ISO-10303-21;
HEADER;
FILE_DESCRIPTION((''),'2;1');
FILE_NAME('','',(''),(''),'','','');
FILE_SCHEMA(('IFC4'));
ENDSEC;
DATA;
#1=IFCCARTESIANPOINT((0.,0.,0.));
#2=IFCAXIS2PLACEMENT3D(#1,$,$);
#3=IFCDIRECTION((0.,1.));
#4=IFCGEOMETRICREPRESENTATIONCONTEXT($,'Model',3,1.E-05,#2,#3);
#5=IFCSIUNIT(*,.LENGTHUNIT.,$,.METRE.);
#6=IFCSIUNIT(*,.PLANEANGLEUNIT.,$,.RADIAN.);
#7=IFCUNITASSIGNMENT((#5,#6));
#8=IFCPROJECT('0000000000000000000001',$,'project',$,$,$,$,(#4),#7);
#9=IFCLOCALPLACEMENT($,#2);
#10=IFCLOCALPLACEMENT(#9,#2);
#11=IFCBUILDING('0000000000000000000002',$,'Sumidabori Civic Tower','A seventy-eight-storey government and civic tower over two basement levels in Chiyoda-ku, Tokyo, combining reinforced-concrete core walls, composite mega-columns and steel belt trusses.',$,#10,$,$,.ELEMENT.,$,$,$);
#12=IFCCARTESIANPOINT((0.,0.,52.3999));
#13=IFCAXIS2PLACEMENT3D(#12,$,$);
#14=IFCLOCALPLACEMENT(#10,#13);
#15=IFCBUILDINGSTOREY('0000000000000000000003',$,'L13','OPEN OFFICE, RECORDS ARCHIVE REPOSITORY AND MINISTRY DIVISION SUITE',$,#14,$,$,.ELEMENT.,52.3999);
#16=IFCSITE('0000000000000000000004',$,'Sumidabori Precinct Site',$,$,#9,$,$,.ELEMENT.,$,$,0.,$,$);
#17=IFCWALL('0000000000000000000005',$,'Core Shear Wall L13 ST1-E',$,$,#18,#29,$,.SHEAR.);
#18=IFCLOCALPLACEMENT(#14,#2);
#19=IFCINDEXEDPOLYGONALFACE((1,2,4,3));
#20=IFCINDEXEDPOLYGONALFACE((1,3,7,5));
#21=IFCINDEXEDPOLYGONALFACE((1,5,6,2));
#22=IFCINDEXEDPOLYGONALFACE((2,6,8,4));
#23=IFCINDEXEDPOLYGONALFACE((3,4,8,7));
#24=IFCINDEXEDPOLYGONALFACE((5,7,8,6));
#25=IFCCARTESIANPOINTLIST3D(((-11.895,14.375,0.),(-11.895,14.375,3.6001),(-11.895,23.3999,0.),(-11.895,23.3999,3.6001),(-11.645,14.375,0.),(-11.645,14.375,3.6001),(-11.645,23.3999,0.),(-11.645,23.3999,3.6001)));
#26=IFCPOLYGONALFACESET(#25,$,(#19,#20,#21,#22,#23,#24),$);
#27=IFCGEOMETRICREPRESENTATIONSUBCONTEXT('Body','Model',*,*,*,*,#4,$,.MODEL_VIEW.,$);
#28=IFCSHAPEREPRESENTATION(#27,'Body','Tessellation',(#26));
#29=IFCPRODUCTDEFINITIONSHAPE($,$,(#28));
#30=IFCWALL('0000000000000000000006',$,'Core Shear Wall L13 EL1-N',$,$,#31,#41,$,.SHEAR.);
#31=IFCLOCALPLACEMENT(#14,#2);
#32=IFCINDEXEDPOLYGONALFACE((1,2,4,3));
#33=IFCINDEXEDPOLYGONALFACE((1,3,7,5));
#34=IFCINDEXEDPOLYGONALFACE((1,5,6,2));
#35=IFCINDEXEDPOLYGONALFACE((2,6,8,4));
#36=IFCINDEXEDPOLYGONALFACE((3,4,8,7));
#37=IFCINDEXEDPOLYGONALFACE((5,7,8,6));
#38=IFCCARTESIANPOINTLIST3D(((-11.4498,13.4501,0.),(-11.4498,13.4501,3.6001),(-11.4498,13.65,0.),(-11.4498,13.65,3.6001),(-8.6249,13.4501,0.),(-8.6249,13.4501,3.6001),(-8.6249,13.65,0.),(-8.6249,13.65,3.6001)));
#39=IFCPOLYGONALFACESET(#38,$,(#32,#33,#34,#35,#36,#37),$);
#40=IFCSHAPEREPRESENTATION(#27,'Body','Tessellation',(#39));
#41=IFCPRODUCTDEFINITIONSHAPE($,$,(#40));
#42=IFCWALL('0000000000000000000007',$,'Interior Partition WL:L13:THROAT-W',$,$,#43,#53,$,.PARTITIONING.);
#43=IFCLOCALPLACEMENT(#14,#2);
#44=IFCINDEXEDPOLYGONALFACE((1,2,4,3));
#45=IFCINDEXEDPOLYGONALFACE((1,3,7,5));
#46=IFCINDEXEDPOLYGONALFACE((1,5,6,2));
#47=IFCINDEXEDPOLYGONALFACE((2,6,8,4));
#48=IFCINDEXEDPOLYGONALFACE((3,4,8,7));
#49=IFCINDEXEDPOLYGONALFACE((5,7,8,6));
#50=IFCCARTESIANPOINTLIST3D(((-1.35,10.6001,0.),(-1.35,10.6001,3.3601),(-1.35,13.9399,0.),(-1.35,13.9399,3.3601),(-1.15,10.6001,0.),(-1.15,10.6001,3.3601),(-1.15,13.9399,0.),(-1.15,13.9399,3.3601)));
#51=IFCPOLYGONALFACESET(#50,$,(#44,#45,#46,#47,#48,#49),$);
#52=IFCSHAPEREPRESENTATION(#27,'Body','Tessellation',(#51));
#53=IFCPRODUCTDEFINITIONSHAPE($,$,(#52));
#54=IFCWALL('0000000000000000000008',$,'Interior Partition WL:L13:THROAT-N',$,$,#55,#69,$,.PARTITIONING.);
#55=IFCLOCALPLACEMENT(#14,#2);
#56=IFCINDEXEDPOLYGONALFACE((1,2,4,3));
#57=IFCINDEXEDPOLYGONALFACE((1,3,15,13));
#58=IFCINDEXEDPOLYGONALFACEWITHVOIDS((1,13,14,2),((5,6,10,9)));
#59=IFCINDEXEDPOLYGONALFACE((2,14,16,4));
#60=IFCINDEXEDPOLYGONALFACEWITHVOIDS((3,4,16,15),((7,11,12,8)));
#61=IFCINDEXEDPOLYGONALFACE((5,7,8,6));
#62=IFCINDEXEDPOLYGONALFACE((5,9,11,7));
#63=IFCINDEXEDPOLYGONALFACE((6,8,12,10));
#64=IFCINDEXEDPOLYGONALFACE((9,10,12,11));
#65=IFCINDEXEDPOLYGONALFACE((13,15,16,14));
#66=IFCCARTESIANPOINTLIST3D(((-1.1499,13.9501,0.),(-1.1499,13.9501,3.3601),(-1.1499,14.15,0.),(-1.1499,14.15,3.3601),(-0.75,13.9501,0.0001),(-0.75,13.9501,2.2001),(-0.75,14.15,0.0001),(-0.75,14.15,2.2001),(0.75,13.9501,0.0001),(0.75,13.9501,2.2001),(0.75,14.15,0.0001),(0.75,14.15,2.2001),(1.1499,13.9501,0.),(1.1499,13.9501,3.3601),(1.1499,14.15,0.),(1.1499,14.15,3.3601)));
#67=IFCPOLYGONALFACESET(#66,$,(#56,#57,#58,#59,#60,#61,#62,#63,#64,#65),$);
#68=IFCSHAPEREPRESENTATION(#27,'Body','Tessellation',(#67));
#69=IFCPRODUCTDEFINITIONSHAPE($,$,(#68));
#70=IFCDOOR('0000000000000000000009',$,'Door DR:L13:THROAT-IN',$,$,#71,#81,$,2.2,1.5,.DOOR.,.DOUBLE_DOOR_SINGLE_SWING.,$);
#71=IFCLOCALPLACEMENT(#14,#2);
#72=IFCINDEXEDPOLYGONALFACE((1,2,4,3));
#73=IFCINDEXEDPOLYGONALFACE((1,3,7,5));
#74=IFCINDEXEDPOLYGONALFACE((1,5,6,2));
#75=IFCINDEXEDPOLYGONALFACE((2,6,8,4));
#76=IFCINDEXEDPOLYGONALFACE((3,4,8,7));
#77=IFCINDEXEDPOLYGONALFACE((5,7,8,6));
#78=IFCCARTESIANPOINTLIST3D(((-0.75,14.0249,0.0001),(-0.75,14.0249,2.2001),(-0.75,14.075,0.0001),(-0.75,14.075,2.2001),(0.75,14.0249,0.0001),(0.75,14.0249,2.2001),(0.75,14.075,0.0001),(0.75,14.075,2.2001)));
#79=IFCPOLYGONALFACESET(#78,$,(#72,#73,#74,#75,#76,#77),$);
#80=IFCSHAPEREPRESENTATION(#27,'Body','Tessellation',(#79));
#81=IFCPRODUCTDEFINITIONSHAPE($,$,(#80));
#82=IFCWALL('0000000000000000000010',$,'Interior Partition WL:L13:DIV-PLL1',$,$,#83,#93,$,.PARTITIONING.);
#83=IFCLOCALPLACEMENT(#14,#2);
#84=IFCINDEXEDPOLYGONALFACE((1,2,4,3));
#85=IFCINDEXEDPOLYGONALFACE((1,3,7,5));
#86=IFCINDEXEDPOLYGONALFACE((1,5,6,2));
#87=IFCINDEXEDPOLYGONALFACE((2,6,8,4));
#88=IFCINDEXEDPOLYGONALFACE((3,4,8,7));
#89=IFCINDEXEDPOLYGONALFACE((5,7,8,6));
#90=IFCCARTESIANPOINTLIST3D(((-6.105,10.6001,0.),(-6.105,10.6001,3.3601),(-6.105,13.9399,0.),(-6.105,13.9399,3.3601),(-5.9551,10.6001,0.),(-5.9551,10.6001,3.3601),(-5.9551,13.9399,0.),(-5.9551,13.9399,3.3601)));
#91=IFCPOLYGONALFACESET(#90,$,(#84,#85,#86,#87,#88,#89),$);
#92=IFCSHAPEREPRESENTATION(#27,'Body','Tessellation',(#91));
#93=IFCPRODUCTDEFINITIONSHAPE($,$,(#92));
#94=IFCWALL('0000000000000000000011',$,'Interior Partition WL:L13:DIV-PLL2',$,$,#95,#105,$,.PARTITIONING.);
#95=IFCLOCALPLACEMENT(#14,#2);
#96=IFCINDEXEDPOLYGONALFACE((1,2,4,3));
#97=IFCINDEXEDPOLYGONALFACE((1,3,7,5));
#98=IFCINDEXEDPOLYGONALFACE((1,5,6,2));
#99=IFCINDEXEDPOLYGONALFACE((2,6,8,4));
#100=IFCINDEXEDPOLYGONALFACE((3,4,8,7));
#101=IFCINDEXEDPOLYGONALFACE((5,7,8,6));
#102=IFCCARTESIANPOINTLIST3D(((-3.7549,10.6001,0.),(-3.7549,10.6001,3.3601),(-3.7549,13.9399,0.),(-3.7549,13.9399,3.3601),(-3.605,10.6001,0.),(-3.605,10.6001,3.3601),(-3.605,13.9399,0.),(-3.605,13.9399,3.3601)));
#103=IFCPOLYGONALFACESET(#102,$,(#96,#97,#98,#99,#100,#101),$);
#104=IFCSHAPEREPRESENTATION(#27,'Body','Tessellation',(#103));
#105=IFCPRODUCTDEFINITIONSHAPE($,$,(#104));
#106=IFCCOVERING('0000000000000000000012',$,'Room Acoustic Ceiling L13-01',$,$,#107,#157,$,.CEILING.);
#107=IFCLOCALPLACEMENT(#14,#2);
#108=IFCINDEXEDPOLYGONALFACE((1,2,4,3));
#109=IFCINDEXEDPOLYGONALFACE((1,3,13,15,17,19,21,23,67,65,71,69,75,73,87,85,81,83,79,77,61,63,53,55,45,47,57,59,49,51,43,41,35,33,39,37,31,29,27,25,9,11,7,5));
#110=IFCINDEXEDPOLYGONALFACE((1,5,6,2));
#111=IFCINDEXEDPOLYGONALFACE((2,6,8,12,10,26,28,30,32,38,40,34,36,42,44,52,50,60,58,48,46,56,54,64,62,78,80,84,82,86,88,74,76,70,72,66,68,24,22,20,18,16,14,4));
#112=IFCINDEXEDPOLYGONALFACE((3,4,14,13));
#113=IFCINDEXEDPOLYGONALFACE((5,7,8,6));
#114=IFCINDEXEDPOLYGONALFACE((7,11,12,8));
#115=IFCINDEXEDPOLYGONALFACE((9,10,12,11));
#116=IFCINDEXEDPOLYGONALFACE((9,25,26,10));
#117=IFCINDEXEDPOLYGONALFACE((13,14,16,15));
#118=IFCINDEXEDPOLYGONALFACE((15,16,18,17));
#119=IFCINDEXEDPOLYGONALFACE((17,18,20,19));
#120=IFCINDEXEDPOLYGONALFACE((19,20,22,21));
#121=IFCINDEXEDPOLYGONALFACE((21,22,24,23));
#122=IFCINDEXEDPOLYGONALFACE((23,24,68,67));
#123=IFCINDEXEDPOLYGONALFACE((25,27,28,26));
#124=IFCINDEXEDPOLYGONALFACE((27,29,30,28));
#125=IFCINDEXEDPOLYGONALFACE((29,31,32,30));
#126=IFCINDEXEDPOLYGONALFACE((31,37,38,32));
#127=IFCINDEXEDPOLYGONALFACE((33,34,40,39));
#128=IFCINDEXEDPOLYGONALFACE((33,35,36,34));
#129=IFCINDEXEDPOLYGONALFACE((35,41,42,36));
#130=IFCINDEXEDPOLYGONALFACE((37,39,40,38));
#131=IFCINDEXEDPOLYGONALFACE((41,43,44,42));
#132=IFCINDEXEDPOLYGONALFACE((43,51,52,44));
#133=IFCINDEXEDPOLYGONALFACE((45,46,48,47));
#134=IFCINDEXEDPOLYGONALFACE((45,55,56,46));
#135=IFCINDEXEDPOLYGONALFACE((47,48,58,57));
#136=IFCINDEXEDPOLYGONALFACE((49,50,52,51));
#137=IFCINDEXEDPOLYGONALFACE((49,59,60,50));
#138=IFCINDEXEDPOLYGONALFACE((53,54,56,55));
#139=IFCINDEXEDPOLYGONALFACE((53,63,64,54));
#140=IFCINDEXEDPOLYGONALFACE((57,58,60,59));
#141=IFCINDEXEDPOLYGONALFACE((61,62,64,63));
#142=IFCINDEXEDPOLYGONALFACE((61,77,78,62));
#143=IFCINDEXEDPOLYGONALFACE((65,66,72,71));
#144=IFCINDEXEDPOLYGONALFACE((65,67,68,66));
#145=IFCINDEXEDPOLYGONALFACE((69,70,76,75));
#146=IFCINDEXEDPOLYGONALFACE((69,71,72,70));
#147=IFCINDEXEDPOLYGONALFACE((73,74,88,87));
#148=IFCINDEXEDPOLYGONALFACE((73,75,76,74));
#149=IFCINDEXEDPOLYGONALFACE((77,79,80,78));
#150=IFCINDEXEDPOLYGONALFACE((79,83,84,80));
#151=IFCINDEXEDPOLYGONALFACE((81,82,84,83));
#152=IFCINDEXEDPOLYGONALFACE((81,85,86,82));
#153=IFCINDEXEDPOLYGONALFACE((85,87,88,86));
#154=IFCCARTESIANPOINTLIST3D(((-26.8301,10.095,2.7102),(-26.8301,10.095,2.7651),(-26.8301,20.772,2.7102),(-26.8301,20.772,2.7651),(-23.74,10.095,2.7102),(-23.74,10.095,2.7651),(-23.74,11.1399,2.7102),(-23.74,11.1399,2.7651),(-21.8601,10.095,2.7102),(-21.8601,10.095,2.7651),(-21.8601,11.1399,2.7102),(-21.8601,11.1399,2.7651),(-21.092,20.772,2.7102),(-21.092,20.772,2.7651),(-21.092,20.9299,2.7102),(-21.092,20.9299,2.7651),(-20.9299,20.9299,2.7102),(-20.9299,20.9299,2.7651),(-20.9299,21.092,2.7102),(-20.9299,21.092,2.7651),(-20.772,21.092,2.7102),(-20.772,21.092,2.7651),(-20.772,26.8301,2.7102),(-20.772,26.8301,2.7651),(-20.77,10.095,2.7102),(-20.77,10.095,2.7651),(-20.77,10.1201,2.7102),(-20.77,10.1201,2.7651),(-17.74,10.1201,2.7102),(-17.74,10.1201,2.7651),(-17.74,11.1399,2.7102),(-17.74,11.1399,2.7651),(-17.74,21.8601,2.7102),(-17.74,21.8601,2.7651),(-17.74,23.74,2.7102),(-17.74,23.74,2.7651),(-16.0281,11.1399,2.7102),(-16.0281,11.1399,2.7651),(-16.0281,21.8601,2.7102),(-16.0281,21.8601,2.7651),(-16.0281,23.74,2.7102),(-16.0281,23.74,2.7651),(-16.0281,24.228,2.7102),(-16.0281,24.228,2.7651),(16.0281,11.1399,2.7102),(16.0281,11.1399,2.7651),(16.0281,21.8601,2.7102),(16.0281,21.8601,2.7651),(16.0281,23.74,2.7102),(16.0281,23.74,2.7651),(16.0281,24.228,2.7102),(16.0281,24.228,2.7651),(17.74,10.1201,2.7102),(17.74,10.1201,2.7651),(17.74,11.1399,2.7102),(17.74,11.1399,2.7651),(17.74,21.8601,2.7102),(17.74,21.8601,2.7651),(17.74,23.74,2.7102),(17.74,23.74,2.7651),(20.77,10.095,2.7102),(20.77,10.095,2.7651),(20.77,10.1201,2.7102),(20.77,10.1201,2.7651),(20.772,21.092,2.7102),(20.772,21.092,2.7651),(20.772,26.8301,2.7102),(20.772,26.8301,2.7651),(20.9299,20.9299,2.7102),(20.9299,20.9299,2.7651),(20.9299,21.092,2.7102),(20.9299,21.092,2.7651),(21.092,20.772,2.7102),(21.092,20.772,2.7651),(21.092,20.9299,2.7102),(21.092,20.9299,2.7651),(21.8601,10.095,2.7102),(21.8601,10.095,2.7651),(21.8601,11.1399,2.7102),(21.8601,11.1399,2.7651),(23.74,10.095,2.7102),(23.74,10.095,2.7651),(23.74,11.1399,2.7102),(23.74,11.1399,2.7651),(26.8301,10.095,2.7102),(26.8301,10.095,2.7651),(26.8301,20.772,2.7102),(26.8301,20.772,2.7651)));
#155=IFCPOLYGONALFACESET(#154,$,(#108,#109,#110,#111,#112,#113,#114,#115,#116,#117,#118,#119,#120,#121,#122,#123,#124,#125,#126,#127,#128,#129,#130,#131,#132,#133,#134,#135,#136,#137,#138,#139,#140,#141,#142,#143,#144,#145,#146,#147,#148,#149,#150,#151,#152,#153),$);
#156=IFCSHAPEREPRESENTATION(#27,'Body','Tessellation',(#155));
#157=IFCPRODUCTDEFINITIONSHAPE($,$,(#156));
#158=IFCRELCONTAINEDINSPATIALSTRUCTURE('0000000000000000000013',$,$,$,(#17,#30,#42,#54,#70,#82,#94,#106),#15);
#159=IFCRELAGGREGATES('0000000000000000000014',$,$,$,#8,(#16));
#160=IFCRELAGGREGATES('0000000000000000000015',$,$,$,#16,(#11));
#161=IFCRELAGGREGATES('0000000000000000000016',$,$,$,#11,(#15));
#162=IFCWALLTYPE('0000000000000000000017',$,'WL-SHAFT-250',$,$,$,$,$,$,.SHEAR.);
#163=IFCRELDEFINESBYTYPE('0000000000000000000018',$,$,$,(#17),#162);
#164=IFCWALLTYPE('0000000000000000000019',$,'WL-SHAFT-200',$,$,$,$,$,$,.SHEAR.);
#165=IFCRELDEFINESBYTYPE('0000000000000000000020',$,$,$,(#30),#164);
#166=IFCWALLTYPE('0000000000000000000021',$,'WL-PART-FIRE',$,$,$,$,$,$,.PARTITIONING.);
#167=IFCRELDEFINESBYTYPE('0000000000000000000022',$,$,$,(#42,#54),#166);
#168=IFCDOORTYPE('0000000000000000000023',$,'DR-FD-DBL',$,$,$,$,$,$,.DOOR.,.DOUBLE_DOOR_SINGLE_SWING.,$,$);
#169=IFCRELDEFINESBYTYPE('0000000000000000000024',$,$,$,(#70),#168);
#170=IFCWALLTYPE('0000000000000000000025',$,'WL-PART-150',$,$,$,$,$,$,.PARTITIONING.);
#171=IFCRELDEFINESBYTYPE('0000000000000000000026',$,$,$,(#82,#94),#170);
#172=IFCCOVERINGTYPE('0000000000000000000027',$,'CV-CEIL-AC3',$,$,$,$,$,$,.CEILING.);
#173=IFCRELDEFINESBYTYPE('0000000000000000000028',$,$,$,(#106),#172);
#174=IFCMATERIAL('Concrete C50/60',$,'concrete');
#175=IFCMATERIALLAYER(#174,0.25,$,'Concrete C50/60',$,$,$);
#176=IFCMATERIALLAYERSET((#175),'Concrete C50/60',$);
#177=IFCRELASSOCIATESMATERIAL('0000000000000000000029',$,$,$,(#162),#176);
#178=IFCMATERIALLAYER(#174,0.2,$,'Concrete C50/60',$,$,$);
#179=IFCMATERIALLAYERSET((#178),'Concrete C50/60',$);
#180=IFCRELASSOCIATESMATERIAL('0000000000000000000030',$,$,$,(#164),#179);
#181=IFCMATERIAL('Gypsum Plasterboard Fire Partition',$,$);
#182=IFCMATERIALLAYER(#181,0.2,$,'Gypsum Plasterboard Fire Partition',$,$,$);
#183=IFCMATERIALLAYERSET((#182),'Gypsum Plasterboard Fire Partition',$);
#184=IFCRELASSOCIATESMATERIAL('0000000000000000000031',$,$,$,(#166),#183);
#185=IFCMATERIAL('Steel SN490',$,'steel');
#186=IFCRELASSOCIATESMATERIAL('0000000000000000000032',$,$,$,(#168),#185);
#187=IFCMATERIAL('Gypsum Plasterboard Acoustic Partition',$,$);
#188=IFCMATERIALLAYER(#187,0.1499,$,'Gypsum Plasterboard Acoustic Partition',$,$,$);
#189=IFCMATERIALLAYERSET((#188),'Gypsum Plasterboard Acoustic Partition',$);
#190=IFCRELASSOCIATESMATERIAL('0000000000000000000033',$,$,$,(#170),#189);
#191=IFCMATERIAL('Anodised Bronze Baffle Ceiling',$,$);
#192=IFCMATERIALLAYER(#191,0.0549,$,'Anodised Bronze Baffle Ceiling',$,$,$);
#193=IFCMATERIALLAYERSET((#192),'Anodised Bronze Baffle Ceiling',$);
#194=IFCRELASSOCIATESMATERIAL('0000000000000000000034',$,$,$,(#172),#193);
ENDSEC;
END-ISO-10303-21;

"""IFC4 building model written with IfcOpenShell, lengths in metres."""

from ifc_helpers import new_model, si_unit, direction, frame, frame_2d, origin, place, context, subcontext, project, spatial, polyline, rectangle, outline, extrude, source, transform, mapped, material, layer, layer_set, type_object, element, fill, save


model = new_model("IFC4")

# Units and contexts
model_context = context("Model", 3, precision=1e-05, world=origin(), true_north=direction((0.0, 1.0)))
body_context = subcontext(model_context, "Body", "Model", "MODEL_VIEW")
ifc_project = project(units=[si_unit("LENGTHUNIT", "METRE"), si_unit("PLANEANGLEUNIT", "RADIAN")], contexts=[model_context])

# Site, building, storey
site_placement = place(None, origin())
site = spatial("IfcSite", under=ifc_project, at=site_placement, Name="Sumidabori Precinct Site", CompositionType="ELEMENT", RefElevation=0.0)
building_placement = place(site_placement, origin())
building = spatial("IfcBuilding", under=site, at=building_placement, Name="Sumidabori Civic Tower", Description="A seventy-eight-storey government and civic tower over two basement levels in Chiyoda-ku, Tokyo, combining reinforced-concrete core walls, composite mega-columns and steel belt trusses.", CompositionType="ELEMENT")
storey_placement = place(building_placement, frame((0.0, 0.0, 52.3999)))
storey = spatial("IfcBuildingStorey", under=building, at=storey_placement, Name="L13", Description="OPEN OFFICE, RECORDS ARCHIVE REPOSITORY AND MINISTRY DIVISION SUITE", CompositionType="ELEMENT", Elevation=52.3999)

# Shared definitions
ifc_material_1 = material(Name="Concrete C50/60", Category="concrete")

# Shared definitions
ifc_layer_1 = layer(ifc_material_1, 0.25, Name="Concrete C50/60")
ifc_layer_set_1 = layer_set([ifc_layer_1], Name="Concrete C50/60")
wall_type_1 = type_object("IfcWallType", Name="WL-SHAFT-250", PredefinedType="SHEAR", material=ifc_layer_set_1)
ifc_material_2 = material(Name="Steel SN490", Category="steel")

# Wall
shared_shape_1 = source(origin(), body_context, "Body", "SweptSolid", [
    extrude(rectangle(XDim=9.0249, YDim=0.25, at=frame_2d((4.5125, 0.0))), origin(), (0.0, 0.0, 1.0), 3.6001),
])
wall_1_placement = place(storey_placement, frame((-11.77, 14.375, 0.0), z_axis=(0.0, 0.0, 1.0), x_axis=(0.0, 1.0, 0.0)))
element("IfcWall", 1, at=wall_1_placement, inside=storey, type_object=wall_type_1, Name="Core Shear Wall L13 ST1-E", PredefinedType="SHEAR", context=body_context, shape_type="MappedRepresentation", body=[
    mapped(shared_shape_1, transform((0.0, 0.0, 0.0), x_axis=(1.0, 0.0, 0.0), y_axis=(0.0, 1.0, 0.0), z_axis=(0.0, 0.0, 1.0), scale=1.0)),
])

# Shared definitions
ifc_layer_2 = layer(ifc_material_1, 0.2, Name="Concrete C50/60")
ifc_layer_set_2 = layer_set([ifc_layer_2], Name="Concrete C50/60")
wall_type_2 = type_object("IfcWallType", Name="WL-SHAFT-200", PredefinedType="SHEAR", material=ifc_layer_set_2)

# Wall
shared_shape_2 = source(origin(), body_context, "Body", "SweptSolid", [
    extrude(rectangle(XDim=2.825, YDim=0.2, at=frame_2d((1.4126, 0.0))), origin(), (0.0, 0.0, 1.0), 3.6001),
])
wall_2_placement = place(storey_placement, frame((-11.45, 13.55, 0.0), z_axis=(0.0, 0.0, 1.0), x_axis=(1.0, 0.0, 0.0)))
element("IfcWall", 2, at=wall_2_placement, inside=storey, type_object=wall_type_2, Name="Core Shear Wall L13 EL1-N", PredefinedType="SHEAR", context=body_context, shape_type="MappedRepresentation", body=[
    mapped(shared_shape_2, transform((0.0, 0.0, 0.0), x_axis=(1.0, 0.0, 0.0), y_axis=(0.0, 1.0, 0.0), z_axis=(0.0, 0.0, 1.0), scale=1.0)),
])

# Shared definitions
ifc_material_3 = material(Name="Gypsum Plasterboard Fire Partition")
ifc_layer_3 = layer(ifc_material_3, 0.2, Name="Gypsum Plasterboard Fire Partition")
ifc_layer_set_3 = layer_set([ifc_layer_3], Name="Gypsum Plasterboard Fire Partition")
wall_type_3 = type_object("IfcWallType", Name="WL-PART-FIRE", PredefinedType="PARTITIONING", material=ifc_layer_set_3)

# Wall
shared_shape_3 = source(origin(), body_context, "Body", "SweptSolid", [
    extrude(rectangle(XDim=3.3398, YDim=0.2, at=frame_2d((1.6699, 0.0))), origin(), (0.0, 0.0, 1.0), 3.3601),
])
wall_3_placement = place(storey_placement, frame((-1.25, 10.6001, 0.0), z_axis=(0.0, 0.0, 1.0), x_axis=(0.0, 1.0, 0.0)))
element("IfcWall", 3, at=wall_3_placement, inside=storey, type_object=wall_type_3, Name="Interior Partition WL:L13:THROAT-W", PredefinedType="PARTITIONING", context=body_context, shape_type="MappedRepresentation", body=[
    mapped(shared_shape_3, transform((0.0, 0.0, 0.0), x_axis=(1.0, 0.0, 0.0), y_axis=(0.0, 1.0, 0.0), z_axis=(0.0, 0.0, 1.0), scale=1.0)),
])

# Wall, opening, door
shared_shape_4 = source(origin(), body_context, "Body", "SweptSolid", [
    extrude(rectangle(XDim=2.2998, YDim=0.2, at=frame_2d((1.1499, 0.0))), origin(), (0.0, 0.0, 1.0), 3.3601),
])
wall_4_placement = place(storey_placement, frame((-1.1499, 14.05, 0.0), z_axis=(0.0, 0.0, 1.0), x_axis=(1.0, 0.0, 0.0)))
wall_4 = element("IfcWall", 4, at=wall_4_placement, inside=storey, type_object=wall_type_3, Name="Interior Partition WL:L13:THROAT-N", PredefinedType="PARTITIONING", context=body_context, shape_type="MappedRepresentation", body=[
    mapped(shared_shape_4, transform((0.0, 0.0, 0.0), x_axis=(1.0, 0.0, 0.0), y_axis=(0.0, 1.0, 0.0), z_axis=(0.0, 0.0, 1.0), scale=1.0)),
])
opening_1_placement = place(wall_4_placement, frame((0.3999, 0.0, 0.0)))
opening_1 = element("IfcOpeningElement", 5, at=opening_1_placement, cuts=wall_4, PredefinedType="OPENING", context=body_context, shape_type="SweptSolid", body=[
    extrude(rectangle(XDim=1.5, YDim=2.2, at=frame_2d((0.75, 1.1001))), frame((0.0, 0.1118, 0.0), z_axis=(0.0, -1.0, 0.0), x_axis=(1.0, 0.0, 0.0)), (0.0, 0.0, 1.0), 0.2239),
])
door_type_1 = type_object("IfcDoorType", Name="DR-FD-DBL", OperationType="DOUBLE_DOOR_SINGLE_SWING", PredefinedType="DOOR", material=ifc_material_2)
shared_shape_5 = source(origin(), body_context, "Body", "SweptSolid", [
    extrude(rectangle(XDim=1.5, YDim=2.2, at=frame_2d((0.75, 1.1001))), frame((0.0, 0.0249, 0.0), z_axis=(0.0, -1.0, 0.0), x_axis=(1.0, 0.0, 0.0)), (0.0, 0.0, 1.0), 0.05),
])
door_1_placement = place(opening_1_placement, origin())
door_1 = element("IfcDoor", 6, at=door_1_placement, inside=storey, type_object=door_type_1, Name="Door DR:L13:THROAT-IN", OperationType="DOUBLE_DOOR_SINGLE_SWING", OverallHeight=2.2, OverallWidth=1.5, PredefinedType="DOOR", context=body_context, shape_type="MappedRepresentation", body=[
    mapped(shared_shape_5, transform((0.0, 0.0, 0.0), x_axis=(1.0, 0.0, 0.0), y_axis=(0.0, 1.0, 0.0), z_axis=(0.0, 0.0, 1.0), scale=1.0)),
])
fill(opening_1, door_1)

# Walls
ifc_material_4 = material(Name="Gypsum Plasterboard Acoustic Partition")
ifc_layer_4 = layer(ifc_material_4, 0.1499, Name="Gypsum Plasterboard Acoustic Partition")
ifc_layer_set_4 = layer_set([ifc_layer_4], Name="Gypsum Plasterboard Acoustic Partition")
wall_type_4 = type_object("IfcWallType", Name="WL-PART-150", PredefinedType="PARTITIONING", material=ifc_layer_set_4)
shared_shape_6 = source(origin(), body_context, "Body", "SweptSolid", [
    extrude(rectangle(XDim=3.3398, YDim=0.1499, at=frame_2d((1.6699, 0.0))), origin(), (0.0, 0.0, 1.0), 3.3601),
])
for number, where, z_axis, x_axis, name in (
    (7, (-6.03, 10.6001, 0.0), (0.0, 0.0, 1.0), (0.0, 1.0, 0.0), "Interior Partition WL:L13:DIV-PLL1"),
    (8, (-3.6799, 10.6001, 0.0), (0.0, 0.0, 1.0), (0.0, 1.0, 0.0), "Interior Partition WL:L13:DIV-PLL2"),
):
    element("IfcWall", number, at=place(storey_placement, frame(where, z_axis=z_axis, x_axis=x_axis)), inside=storey, type_object=wall_type_4, Name=name, PredefinedType="PARTITIONING", context=body_context, shape_type="MappedRepresentation", body=[
        mapped(shared_shape_6, transform((0.0, 0.0, 0.0), x_axis=(1.0, 0.0, 0.0), y_axis=(0.0, 1.0, 0.0), z_axis=(0.0, 0.0, 1.0), scale=1.0)),
    ])

# Covering
ifc_material_5 = material(Name="Anodised Bronze Baffle Ceiling")
ifc_layer_5 = layer(ifc_material_5, 0.0549, Name="Anodised Bronze Baffle Ceiling")
ifc_layer_set_5 = layer_set([ifc_layer_5], Name="Anodised Bronze Baffle Ceiling")
covering_type_1 = type_object("IfcCoveringType", Name="CV-CEIL-AC3", PredefinedType="CEILING", material=ifc_layer_set_5)
covering_1_placement = place(storey_placement, frame((0.0, 0.0, 2.7102)))
element("IfcCovering", 9, at=covering_1_placement, inside=storey, type_object=covering_type_1, Name="Room Acoustic Ceiling L13-01", PredefinedType="CEILING", context=body_context, shape_type="SweptSolid", body=[
    extrude(outline(polyline([(-26.8301, 10.095), (-26.8301, 20.772), (-21.092, 20.772), (-21.092, 20.9299), (-20.9299, 20.9299), (-20.9299, 21.092), (-20.772, 21.092), (-20.772, 26.8301), (20.772, 26.8301), (20.772, 21.092), (20.9299, 21.092), (20.9299, 20.9299), (21.092, 20.9299), (21.092, 20.772), (26.8301, 20.772), (26.8301, 10.095), (23.74, 10.095), (23.74, 11.1399), (21.8601, 11.1399), (21.8601, 10.095), (20.77, 10.095), (20.77, 10.1201), (17.74, 10.1201), (17.74, 11.1399), (16.0281, 11.1399), (16.0281, 21.8601), (17.74, 21.8601), (17.74, 23.74), (16.0281, 23.74), (16.0281, 24.228), (-16.0281, 24.228), (-16.0281, 23.74), (-17.74, 23.74), (-17.74, 21.8601), (-16.0281, 21.8601), (-16.0281, 11.1399), (-17.74, 11.1399), (-17.74, 10.1201), (-20.77, 10.1201), (-20.77, 10.095), (-21.8601, 10.095), (-21.8601, 11.1399), (-23.74, 11.1399), (-23.74, 10.095), (-26.8301, 10.095)])), origin(), (0.0, 0.0, 1.0), 0.0549),
])

save(model, "model.ifc")
